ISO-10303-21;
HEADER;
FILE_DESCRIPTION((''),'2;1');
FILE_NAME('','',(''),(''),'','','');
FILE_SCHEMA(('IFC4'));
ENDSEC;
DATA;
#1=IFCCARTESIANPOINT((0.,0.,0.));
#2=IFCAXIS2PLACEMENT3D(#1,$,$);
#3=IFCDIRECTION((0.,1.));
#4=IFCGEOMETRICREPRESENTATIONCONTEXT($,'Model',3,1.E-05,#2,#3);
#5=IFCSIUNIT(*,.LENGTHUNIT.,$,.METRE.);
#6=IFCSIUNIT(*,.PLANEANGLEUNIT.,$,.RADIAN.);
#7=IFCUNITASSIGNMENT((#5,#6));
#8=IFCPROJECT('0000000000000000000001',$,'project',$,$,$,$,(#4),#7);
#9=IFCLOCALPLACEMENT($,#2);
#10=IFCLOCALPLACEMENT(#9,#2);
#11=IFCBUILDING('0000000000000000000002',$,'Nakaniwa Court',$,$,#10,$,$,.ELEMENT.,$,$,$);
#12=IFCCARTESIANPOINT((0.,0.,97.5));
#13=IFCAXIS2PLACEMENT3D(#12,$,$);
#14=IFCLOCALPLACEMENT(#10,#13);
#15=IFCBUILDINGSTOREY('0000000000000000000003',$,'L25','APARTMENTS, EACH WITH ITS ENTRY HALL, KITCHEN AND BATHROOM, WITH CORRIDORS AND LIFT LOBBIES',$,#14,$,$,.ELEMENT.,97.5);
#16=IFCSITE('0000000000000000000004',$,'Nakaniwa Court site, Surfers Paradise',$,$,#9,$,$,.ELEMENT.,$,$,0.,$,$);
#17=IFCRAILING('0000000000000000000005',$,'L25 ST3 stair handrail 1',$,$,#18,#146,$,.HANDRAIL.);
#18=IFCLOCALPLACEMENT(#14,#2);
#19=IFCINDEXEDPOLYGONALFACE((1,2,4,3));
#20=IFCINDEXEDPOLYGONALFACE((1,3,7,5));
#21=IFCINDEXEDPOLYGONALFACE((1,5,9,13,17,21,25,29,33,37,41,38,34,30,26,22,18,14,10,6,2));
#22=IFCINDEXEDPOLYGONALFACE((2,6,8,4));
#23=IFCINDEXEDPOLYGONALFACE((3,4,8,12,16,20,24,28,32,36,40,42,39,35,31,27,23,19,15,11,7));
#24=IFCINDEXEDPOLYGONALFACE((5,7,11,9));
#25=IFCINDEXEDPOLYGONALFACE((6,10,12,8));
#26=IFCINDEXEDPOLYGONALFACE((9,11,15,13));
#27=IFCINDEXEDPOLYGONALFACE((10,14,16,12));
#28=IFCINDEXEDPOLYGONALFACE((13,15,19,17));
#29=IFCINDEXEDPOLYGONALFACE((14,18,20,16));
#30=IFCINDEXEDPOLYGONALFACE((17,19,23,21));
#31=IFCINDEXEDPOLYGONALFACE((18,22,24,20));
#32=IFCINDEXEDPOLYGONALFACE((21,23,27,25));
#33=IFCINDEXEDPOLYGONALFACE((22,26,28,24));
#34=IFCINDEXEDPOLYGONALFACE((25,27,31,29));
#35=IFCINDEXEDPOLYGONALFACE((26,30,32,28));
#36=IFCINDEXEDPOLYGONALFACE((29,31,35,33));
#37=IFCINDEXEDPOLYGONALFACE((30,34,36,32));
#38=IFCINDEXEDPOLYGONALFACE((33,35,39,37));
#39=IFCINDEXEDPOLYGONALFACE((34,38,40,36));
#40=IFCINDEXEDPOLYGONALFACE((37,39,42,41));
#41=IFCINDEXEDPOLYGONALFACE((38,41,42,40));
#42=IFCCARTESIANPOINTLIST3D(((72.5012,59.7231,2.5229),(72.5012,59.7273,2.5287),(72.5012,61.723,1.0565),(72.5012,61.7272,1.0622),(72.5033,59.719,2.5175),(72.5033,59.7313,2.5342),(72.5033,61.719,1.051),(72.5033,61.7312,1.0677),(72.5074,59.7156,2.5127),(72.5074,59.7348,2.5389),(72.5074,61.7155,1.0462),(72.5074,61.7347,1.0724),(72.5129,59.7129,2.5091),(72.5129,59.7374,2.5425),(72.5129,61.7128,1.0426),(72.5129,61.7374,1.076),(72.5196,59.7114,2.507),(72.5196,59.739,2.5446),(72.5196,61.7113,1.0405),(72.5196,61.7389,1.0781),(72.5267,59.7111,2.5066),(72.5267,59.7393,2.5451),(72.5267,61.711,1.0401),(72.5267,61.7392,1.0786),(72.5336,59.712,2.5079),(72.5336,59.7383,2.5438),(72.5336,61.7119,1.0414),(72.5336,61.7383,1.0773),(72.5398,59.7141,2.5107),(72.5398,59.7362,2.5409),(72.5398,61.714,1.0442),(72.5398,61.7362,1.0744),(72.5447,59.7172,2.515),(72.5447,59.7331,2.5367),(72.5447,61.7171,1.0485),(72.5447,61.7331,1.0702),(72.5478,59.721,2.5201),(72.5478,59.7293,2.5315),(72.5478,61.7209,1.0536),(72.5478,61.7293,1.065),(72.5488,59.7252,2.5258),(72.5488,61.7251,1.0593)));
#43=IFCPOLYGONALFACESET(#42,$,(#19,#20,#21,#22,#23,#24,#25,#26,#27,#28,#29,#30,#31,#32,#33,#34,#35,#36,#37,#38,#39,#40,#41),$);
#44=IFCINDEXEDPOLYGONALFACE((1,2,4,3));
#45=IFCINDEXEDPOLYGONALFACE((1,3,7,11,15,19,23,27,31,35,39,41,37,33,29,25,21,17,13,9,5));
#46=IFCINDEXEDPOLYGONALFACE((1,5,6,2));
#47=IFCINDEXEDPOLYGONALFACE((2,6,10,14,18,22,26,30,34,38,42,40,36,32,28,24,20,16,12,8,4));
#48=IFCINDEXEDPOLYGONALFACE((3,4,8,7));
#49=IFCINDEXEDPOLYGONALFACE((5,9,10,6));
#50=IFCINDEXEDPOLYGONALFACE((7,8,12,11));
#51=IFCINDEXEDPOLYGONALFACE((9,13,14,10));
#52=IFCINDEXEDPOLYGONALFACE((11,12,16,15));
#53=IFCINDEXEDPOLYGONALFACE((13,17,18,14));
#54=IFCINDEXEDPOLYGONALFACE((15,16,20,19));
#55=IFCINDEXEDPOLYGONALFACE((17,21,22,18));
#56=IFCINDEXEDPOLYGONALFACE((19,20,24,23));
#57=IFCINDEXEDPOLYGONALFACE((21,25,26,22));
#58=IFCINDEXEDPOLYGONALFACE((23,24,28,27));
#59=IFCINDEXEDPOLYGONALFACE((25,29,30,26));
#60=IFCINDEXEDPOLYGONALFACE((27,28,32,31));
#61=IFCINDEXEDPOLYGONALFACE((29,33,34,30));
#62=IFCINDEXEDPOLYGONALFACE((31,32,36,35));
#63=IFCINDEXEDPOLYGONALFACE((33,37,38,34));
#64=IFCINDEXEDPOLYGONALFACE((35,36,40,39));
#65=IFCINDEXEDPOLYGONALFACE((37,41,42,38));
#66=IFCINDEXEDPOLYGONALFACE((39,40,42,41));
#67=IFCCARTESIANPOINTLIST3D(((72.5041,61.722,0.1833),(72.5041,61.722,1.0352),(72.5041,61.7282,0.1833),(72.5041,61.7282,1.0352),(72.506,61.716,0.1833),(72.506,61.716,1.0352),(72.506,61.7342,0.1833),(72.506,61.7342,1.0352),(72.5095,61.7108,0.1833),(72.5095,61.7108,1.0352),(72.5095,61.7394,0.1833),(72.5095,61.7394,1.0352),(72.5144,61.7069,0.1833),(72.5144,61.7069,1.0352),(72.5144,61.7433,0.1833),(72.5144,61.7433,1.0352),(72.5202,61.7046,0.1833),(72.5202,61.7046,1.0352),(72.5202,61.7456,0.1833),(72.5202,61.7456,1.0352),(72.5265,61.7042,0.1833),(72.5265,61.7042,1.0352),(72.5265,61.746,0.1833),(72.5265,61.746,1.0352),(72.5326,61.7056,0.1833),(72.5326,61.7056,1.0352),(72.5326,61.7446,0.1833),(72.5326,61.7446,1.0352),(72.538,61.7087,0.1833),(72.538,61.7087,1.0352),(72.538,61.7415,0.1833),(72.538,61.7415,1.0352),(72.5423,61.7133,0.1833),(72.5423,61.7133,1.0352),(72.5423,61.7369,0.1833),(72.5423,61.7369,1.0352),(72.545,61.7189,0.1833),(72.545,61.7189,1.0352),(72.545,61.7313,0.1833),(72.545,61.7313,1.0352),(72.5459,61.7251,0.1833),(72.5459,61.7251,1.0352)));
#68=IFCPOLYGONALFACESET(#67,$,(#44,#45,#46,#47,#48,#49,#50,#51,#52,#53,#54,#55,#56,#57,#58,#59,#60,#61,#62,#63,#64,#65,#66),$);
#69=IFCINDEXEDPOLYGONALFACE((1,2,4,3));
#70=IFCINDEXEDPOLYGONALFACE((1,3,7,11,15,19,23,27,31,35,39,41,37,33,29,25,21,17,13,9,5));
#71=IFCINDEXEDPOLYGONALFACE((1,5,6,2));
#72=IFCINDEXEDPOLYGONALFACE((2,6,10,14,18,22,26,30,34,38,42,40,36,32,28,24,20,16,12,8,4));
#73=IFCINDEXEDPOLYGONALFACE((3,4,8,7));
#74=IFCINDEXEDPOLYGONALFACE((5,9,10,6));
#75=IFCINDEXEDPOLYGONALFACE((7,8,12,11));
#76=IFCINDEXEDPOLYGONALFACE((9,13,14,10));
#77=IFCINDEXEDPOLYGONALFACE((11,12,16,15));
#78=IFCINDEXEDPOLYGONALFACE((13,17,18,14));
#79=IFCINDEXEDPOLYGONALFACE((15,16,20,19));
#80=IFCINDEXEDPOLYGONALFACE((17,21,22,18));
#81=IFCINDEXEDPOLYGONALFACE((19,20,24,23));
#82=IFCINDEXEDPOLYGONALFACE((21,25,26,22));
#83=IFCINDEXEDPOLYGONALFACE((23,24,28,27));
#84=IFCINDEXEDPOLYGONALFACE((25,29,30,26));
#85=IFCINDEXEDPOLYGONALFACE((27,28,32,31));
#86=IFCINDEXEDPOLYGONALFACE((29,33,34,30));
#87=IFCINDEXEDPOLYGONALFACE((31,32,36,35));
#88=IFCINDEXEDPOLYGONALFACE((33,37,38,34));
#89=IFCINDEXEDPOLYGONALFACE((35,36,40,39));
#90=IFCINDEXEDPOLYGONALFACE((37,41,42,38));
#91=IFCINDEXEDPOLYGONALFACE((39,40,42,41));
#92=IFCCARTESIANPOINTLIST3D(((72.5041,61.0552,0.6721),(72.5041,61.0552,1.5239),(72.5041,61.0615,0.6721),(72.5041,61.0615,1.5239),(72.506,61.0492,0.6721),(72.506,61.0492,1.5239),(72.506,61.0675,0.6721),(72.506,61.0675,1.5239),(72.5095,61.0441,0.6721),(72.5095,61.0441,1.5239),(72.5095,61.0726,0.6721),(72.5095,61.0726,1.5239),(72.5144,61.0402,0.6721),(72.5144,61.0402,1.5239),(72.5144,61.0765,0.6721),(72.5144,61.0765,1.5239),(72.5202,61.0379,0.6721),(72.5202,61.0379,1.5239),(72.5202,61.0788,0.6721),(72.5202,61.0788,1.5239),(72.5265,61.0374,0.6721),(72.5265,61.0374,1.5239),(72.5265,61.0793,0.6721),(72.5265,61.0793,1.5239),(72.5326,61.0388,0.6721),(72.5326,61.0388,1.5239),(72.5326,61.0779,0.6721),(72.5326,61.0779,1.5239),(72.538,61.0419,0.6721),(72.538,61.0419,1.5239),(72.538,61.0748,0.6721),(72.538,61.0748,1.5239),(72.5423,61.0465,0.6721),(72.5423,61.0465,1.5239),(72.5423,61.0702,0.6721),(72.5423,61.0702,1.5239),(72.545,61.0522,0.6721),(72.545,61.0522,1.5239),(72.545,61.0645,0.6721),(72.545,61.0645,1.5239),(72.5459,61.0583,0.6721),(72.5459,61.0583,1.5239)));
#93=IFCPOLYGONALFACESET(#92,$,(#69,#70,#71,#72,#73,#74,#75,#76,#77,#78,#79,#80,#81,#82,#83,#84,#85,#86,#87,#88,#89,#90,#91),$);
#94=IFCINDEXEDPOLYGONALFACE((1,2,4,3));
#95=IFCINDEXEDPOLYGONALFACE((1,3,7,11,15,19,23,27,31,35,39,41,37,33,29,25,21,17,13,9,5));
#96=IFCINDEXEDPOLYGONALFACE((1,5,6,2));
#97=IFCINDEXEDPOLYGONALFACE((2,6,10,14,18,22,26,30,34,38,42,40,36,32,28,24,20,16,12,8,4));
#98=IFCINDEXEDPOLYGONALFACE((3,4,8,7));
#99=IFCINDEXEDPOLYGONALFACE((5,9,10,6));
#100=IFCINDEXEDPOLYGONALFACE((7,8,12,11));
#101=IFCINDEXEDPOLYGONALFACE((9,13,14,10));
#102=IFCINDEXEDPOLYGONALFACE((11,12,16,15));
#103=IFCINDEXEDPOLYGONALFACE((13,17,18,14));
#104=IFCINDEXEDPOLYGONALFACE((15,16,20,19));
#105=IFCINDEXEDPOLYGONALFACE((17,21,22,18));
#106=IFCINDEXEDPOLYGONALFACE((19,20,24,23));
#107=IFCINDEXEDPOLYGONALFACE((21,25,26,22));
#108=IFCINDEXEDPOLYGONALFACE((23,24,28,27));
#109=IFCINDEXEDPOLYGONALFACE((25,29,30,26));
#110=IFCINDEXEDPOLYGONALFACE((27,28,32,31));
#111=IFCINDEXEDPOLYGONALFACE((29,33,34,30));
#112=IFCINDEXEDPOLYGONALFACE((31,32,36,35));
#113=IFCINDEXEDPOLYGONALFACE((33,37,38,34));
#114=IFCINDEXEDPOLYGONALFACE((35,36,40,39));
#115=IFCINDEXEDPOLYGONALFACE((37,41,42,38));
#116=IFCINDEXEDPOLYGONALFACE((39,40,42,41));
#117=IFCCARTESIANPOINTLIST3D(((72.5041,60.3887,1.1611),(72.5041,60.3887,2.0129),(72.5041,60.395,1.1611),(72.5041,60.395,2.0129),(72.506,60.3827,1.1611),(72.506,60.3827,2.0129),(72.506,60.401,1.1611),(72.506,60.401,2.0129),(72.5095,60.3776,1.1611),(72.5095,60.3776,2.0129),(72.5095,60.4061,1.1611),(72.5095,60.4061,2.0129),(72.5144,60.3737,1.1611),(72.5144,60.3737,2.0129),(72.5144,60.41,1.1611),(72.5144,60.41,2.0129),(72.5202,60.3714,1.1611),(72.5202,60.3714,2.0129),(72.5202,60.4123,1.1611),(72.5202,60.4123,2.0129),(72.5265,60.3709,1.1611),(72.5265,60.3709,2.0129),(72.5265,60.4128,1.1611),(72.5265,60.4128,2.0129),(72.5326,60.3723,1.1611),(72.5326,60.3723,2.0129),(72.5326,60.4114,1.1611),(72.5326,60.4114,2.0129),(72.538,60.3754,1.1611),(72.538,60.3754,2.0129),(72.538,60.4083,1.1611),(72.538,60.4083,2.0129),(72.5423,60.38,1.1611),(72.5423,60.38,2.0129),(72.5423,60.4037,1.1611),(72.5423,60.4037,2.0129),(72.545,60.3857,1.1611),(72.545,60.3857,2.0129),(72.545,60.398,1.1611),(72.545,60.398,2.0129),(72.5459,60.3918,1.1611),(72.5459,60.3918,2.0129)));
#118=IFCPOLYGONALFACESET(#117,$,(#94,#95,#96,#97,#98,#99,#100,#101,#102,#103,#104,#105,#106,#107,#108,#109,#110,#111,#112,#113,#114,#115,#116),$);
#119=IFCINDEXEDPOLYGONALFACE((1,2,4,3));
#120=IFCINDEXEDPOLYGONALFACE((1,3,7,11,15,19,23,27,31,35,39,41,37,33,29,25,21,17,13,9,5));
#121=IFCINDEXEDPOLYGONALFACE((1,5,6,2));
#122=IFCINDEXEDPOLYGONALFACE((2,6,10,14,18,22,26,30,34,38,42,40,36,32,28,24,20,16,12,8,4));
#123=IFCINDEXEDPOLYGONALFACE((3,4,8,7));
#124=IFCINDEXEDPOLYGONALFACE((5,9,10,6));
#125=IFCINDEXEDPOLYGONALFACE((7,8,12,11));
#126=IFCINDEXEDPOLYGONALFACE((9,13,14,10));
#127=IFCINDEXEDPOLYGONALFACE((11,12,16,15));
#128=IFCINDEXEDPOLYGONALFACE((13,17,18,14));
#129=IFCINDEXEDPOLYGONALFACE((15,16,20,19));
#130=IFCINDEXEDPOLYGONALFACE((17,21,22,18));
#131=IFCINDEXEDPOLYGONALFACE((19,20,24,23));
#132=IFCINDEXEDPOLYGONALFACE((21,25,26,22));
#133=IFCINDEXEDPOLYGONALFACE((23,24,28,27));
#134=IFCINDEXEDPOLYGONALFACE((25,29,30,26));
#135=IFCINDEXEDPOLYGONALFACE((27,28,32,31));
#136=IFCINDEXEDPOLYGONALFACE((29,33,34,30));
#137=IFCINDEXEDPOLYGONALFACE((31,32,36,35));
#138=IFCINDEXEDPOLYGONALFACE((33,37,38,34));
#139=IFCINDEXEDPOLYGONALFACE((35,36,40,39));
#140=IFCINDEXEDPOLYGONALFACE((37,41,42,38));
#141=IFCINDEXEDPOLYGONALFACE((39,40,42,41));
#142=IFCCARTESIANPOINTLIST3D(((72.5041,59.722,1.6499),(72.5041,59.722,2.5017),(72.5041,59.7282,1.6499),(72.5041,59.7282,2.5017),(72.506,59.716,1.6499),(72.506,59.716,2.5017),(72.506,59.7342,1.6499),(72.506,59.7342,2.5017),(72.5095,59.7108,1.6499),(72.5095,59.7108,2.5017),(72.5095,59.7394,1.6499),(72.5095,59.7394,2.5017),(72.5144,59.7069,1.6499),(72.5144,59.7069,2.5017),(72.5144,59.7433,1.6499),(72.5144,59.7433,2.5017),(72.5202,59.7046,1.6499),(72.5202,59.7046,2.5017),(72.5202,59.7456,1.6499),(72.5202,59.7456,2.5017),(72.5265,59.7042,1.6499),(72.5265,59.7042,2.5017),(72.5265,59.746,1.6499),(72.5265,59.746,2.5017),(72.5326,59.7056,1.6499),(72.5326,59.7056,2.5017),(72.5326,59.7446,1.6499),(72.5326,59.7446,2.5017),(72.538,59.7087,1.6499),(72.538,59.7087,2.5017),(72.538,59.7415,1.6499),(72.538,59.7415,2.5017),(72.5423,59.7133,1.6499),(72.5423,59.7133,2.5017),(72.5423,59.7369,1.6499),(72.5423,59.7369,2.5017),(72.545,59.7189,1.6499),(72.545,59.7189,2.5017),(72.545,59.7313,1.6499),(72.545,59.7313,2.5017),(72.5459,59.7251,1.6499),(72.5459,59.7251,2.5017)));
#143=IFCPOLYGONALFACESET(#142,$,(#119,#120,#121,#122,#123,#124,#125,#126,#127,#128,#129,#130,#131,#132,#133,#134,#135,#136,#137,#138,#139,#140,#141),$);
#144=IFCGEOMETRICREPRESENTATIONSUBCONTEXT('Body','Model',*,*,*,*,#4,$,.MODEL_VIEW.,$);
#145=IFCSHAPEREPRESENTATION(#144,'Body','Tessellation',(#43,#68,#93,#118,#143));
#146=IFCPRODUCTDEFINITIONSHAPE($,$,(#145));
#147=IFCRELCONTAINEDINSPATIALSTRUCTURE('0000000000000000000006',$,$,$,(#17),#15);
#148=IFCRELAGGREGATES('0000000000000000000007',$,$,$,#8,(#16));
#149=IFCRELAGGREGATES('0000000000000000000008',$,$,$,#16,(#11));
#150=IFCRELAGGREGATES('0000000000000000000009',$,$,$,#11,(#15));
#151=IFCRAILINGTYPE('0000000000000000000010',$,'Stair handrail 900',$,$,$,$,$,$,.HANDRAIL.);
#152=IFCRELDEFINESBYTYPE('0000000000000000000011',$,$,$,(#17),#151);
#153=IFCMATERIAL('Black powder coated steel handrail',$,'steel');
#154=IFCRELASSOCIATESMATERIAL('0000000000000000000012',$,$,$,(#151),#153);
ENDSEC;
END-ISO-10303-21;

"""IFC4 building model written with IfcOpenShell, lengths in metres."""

from ifc_helpers import new_model, si_unit, direction, frame, origin, origin_2d, place, context, subcontext, project, spatial, circle, extrude, material, type_object, element, save


model = new_model("IFC4")

# Units and contexts
model_context = context("Model", 3, precision=1e-05, world=origin(), true_north=direction((0.0, 1.0)))
body_context = subcontext(model_context, "Body", "Model", "MODEL_VIEW")
ifc_project = project(units=[si_unit("LENGTHUNIT", "METRE"), si_unit("PLANEANGLEUNIT", "RADIAN")], contexts=[model_context])

# Site, building, storey
site_placement = place(None, origin())
site = spatial("IfcSite", under=ifc_project, at=site_placement, Name="Nakaniwa Court site, Surfers Paradise", CompositionType="ELEMENT", RefElevation=0.0)
building_placement = place(site_placement, origin())
building = spatial("IfcBuilding", under=site, at=building_placement, Name="Nakaniwa Court", CompositionType="ELEMENT")
storey_placement = place(building_placement, frame((0.0, 0.0, 97.5)))
storey = spatial("IfcBuildingStorey", under=building, at=storey_placement, Name="L25", Description="APARTMENTS, EACH WITH ITS ENTRY HALL, KITCHEN AND BATHROOM, WITH CORRIDORS AND LIFT LOBBIES", CompositionType="ELEMENT", Elevation=97.5)

# Railing
ifc_material_1 = material(Name="Black powder coated steel handrail", Category="steel")
railing_type_1 = type_object("IfcRailingType", Name="Stair handrail 900", PredefinedType="HANDRAIL", material=ifc_material_1)
railing_1_placement = place(storey_placement, frame((72.5249, 61.7251, 0.1833)))
element("IfcRailing", 1, at=railing_1_placement, inside=storey, type_object=railing_type_1, Name="L25 ST3 stair handrail 1", PredefinedType="HANDRAIL", context=body_context, shape_type="SweptSolid", body=[
    extrude(circle(Radius=0.0239, at=origin_2d()), frame((0.0, 0.0, 0.876), z_axis=(0.0, -0.806427, 0.591334), x_axis=(1.0, 0.0, 0.0)), (0.0, 0.0, 1.0), 2.48),
    extrude(circle(Radius=0.021, at=origin_2d()), origin(), (0.0, 0.0, 1.0), 0.8518),
    extrude(circle(Radius=0.021, at=origin_2d()), frame((0.0, -0.6667, 0.4888)), (0.0, 0.0, 1.0), 0.8518),
    extrude(circle(Radius=0.021, at=origin_2d()), frame((0.0, -1.3333, 0.9778)), (0.0, 0.0, 1.0), 0.8518),
    extrude(circle(Radius=0.021, at=origin_2d()), frame((0.0, -2.0, 1.4666)), (0.0, 0.0, 1.0), 0.8518),
])

save(model, "model.ifc")
